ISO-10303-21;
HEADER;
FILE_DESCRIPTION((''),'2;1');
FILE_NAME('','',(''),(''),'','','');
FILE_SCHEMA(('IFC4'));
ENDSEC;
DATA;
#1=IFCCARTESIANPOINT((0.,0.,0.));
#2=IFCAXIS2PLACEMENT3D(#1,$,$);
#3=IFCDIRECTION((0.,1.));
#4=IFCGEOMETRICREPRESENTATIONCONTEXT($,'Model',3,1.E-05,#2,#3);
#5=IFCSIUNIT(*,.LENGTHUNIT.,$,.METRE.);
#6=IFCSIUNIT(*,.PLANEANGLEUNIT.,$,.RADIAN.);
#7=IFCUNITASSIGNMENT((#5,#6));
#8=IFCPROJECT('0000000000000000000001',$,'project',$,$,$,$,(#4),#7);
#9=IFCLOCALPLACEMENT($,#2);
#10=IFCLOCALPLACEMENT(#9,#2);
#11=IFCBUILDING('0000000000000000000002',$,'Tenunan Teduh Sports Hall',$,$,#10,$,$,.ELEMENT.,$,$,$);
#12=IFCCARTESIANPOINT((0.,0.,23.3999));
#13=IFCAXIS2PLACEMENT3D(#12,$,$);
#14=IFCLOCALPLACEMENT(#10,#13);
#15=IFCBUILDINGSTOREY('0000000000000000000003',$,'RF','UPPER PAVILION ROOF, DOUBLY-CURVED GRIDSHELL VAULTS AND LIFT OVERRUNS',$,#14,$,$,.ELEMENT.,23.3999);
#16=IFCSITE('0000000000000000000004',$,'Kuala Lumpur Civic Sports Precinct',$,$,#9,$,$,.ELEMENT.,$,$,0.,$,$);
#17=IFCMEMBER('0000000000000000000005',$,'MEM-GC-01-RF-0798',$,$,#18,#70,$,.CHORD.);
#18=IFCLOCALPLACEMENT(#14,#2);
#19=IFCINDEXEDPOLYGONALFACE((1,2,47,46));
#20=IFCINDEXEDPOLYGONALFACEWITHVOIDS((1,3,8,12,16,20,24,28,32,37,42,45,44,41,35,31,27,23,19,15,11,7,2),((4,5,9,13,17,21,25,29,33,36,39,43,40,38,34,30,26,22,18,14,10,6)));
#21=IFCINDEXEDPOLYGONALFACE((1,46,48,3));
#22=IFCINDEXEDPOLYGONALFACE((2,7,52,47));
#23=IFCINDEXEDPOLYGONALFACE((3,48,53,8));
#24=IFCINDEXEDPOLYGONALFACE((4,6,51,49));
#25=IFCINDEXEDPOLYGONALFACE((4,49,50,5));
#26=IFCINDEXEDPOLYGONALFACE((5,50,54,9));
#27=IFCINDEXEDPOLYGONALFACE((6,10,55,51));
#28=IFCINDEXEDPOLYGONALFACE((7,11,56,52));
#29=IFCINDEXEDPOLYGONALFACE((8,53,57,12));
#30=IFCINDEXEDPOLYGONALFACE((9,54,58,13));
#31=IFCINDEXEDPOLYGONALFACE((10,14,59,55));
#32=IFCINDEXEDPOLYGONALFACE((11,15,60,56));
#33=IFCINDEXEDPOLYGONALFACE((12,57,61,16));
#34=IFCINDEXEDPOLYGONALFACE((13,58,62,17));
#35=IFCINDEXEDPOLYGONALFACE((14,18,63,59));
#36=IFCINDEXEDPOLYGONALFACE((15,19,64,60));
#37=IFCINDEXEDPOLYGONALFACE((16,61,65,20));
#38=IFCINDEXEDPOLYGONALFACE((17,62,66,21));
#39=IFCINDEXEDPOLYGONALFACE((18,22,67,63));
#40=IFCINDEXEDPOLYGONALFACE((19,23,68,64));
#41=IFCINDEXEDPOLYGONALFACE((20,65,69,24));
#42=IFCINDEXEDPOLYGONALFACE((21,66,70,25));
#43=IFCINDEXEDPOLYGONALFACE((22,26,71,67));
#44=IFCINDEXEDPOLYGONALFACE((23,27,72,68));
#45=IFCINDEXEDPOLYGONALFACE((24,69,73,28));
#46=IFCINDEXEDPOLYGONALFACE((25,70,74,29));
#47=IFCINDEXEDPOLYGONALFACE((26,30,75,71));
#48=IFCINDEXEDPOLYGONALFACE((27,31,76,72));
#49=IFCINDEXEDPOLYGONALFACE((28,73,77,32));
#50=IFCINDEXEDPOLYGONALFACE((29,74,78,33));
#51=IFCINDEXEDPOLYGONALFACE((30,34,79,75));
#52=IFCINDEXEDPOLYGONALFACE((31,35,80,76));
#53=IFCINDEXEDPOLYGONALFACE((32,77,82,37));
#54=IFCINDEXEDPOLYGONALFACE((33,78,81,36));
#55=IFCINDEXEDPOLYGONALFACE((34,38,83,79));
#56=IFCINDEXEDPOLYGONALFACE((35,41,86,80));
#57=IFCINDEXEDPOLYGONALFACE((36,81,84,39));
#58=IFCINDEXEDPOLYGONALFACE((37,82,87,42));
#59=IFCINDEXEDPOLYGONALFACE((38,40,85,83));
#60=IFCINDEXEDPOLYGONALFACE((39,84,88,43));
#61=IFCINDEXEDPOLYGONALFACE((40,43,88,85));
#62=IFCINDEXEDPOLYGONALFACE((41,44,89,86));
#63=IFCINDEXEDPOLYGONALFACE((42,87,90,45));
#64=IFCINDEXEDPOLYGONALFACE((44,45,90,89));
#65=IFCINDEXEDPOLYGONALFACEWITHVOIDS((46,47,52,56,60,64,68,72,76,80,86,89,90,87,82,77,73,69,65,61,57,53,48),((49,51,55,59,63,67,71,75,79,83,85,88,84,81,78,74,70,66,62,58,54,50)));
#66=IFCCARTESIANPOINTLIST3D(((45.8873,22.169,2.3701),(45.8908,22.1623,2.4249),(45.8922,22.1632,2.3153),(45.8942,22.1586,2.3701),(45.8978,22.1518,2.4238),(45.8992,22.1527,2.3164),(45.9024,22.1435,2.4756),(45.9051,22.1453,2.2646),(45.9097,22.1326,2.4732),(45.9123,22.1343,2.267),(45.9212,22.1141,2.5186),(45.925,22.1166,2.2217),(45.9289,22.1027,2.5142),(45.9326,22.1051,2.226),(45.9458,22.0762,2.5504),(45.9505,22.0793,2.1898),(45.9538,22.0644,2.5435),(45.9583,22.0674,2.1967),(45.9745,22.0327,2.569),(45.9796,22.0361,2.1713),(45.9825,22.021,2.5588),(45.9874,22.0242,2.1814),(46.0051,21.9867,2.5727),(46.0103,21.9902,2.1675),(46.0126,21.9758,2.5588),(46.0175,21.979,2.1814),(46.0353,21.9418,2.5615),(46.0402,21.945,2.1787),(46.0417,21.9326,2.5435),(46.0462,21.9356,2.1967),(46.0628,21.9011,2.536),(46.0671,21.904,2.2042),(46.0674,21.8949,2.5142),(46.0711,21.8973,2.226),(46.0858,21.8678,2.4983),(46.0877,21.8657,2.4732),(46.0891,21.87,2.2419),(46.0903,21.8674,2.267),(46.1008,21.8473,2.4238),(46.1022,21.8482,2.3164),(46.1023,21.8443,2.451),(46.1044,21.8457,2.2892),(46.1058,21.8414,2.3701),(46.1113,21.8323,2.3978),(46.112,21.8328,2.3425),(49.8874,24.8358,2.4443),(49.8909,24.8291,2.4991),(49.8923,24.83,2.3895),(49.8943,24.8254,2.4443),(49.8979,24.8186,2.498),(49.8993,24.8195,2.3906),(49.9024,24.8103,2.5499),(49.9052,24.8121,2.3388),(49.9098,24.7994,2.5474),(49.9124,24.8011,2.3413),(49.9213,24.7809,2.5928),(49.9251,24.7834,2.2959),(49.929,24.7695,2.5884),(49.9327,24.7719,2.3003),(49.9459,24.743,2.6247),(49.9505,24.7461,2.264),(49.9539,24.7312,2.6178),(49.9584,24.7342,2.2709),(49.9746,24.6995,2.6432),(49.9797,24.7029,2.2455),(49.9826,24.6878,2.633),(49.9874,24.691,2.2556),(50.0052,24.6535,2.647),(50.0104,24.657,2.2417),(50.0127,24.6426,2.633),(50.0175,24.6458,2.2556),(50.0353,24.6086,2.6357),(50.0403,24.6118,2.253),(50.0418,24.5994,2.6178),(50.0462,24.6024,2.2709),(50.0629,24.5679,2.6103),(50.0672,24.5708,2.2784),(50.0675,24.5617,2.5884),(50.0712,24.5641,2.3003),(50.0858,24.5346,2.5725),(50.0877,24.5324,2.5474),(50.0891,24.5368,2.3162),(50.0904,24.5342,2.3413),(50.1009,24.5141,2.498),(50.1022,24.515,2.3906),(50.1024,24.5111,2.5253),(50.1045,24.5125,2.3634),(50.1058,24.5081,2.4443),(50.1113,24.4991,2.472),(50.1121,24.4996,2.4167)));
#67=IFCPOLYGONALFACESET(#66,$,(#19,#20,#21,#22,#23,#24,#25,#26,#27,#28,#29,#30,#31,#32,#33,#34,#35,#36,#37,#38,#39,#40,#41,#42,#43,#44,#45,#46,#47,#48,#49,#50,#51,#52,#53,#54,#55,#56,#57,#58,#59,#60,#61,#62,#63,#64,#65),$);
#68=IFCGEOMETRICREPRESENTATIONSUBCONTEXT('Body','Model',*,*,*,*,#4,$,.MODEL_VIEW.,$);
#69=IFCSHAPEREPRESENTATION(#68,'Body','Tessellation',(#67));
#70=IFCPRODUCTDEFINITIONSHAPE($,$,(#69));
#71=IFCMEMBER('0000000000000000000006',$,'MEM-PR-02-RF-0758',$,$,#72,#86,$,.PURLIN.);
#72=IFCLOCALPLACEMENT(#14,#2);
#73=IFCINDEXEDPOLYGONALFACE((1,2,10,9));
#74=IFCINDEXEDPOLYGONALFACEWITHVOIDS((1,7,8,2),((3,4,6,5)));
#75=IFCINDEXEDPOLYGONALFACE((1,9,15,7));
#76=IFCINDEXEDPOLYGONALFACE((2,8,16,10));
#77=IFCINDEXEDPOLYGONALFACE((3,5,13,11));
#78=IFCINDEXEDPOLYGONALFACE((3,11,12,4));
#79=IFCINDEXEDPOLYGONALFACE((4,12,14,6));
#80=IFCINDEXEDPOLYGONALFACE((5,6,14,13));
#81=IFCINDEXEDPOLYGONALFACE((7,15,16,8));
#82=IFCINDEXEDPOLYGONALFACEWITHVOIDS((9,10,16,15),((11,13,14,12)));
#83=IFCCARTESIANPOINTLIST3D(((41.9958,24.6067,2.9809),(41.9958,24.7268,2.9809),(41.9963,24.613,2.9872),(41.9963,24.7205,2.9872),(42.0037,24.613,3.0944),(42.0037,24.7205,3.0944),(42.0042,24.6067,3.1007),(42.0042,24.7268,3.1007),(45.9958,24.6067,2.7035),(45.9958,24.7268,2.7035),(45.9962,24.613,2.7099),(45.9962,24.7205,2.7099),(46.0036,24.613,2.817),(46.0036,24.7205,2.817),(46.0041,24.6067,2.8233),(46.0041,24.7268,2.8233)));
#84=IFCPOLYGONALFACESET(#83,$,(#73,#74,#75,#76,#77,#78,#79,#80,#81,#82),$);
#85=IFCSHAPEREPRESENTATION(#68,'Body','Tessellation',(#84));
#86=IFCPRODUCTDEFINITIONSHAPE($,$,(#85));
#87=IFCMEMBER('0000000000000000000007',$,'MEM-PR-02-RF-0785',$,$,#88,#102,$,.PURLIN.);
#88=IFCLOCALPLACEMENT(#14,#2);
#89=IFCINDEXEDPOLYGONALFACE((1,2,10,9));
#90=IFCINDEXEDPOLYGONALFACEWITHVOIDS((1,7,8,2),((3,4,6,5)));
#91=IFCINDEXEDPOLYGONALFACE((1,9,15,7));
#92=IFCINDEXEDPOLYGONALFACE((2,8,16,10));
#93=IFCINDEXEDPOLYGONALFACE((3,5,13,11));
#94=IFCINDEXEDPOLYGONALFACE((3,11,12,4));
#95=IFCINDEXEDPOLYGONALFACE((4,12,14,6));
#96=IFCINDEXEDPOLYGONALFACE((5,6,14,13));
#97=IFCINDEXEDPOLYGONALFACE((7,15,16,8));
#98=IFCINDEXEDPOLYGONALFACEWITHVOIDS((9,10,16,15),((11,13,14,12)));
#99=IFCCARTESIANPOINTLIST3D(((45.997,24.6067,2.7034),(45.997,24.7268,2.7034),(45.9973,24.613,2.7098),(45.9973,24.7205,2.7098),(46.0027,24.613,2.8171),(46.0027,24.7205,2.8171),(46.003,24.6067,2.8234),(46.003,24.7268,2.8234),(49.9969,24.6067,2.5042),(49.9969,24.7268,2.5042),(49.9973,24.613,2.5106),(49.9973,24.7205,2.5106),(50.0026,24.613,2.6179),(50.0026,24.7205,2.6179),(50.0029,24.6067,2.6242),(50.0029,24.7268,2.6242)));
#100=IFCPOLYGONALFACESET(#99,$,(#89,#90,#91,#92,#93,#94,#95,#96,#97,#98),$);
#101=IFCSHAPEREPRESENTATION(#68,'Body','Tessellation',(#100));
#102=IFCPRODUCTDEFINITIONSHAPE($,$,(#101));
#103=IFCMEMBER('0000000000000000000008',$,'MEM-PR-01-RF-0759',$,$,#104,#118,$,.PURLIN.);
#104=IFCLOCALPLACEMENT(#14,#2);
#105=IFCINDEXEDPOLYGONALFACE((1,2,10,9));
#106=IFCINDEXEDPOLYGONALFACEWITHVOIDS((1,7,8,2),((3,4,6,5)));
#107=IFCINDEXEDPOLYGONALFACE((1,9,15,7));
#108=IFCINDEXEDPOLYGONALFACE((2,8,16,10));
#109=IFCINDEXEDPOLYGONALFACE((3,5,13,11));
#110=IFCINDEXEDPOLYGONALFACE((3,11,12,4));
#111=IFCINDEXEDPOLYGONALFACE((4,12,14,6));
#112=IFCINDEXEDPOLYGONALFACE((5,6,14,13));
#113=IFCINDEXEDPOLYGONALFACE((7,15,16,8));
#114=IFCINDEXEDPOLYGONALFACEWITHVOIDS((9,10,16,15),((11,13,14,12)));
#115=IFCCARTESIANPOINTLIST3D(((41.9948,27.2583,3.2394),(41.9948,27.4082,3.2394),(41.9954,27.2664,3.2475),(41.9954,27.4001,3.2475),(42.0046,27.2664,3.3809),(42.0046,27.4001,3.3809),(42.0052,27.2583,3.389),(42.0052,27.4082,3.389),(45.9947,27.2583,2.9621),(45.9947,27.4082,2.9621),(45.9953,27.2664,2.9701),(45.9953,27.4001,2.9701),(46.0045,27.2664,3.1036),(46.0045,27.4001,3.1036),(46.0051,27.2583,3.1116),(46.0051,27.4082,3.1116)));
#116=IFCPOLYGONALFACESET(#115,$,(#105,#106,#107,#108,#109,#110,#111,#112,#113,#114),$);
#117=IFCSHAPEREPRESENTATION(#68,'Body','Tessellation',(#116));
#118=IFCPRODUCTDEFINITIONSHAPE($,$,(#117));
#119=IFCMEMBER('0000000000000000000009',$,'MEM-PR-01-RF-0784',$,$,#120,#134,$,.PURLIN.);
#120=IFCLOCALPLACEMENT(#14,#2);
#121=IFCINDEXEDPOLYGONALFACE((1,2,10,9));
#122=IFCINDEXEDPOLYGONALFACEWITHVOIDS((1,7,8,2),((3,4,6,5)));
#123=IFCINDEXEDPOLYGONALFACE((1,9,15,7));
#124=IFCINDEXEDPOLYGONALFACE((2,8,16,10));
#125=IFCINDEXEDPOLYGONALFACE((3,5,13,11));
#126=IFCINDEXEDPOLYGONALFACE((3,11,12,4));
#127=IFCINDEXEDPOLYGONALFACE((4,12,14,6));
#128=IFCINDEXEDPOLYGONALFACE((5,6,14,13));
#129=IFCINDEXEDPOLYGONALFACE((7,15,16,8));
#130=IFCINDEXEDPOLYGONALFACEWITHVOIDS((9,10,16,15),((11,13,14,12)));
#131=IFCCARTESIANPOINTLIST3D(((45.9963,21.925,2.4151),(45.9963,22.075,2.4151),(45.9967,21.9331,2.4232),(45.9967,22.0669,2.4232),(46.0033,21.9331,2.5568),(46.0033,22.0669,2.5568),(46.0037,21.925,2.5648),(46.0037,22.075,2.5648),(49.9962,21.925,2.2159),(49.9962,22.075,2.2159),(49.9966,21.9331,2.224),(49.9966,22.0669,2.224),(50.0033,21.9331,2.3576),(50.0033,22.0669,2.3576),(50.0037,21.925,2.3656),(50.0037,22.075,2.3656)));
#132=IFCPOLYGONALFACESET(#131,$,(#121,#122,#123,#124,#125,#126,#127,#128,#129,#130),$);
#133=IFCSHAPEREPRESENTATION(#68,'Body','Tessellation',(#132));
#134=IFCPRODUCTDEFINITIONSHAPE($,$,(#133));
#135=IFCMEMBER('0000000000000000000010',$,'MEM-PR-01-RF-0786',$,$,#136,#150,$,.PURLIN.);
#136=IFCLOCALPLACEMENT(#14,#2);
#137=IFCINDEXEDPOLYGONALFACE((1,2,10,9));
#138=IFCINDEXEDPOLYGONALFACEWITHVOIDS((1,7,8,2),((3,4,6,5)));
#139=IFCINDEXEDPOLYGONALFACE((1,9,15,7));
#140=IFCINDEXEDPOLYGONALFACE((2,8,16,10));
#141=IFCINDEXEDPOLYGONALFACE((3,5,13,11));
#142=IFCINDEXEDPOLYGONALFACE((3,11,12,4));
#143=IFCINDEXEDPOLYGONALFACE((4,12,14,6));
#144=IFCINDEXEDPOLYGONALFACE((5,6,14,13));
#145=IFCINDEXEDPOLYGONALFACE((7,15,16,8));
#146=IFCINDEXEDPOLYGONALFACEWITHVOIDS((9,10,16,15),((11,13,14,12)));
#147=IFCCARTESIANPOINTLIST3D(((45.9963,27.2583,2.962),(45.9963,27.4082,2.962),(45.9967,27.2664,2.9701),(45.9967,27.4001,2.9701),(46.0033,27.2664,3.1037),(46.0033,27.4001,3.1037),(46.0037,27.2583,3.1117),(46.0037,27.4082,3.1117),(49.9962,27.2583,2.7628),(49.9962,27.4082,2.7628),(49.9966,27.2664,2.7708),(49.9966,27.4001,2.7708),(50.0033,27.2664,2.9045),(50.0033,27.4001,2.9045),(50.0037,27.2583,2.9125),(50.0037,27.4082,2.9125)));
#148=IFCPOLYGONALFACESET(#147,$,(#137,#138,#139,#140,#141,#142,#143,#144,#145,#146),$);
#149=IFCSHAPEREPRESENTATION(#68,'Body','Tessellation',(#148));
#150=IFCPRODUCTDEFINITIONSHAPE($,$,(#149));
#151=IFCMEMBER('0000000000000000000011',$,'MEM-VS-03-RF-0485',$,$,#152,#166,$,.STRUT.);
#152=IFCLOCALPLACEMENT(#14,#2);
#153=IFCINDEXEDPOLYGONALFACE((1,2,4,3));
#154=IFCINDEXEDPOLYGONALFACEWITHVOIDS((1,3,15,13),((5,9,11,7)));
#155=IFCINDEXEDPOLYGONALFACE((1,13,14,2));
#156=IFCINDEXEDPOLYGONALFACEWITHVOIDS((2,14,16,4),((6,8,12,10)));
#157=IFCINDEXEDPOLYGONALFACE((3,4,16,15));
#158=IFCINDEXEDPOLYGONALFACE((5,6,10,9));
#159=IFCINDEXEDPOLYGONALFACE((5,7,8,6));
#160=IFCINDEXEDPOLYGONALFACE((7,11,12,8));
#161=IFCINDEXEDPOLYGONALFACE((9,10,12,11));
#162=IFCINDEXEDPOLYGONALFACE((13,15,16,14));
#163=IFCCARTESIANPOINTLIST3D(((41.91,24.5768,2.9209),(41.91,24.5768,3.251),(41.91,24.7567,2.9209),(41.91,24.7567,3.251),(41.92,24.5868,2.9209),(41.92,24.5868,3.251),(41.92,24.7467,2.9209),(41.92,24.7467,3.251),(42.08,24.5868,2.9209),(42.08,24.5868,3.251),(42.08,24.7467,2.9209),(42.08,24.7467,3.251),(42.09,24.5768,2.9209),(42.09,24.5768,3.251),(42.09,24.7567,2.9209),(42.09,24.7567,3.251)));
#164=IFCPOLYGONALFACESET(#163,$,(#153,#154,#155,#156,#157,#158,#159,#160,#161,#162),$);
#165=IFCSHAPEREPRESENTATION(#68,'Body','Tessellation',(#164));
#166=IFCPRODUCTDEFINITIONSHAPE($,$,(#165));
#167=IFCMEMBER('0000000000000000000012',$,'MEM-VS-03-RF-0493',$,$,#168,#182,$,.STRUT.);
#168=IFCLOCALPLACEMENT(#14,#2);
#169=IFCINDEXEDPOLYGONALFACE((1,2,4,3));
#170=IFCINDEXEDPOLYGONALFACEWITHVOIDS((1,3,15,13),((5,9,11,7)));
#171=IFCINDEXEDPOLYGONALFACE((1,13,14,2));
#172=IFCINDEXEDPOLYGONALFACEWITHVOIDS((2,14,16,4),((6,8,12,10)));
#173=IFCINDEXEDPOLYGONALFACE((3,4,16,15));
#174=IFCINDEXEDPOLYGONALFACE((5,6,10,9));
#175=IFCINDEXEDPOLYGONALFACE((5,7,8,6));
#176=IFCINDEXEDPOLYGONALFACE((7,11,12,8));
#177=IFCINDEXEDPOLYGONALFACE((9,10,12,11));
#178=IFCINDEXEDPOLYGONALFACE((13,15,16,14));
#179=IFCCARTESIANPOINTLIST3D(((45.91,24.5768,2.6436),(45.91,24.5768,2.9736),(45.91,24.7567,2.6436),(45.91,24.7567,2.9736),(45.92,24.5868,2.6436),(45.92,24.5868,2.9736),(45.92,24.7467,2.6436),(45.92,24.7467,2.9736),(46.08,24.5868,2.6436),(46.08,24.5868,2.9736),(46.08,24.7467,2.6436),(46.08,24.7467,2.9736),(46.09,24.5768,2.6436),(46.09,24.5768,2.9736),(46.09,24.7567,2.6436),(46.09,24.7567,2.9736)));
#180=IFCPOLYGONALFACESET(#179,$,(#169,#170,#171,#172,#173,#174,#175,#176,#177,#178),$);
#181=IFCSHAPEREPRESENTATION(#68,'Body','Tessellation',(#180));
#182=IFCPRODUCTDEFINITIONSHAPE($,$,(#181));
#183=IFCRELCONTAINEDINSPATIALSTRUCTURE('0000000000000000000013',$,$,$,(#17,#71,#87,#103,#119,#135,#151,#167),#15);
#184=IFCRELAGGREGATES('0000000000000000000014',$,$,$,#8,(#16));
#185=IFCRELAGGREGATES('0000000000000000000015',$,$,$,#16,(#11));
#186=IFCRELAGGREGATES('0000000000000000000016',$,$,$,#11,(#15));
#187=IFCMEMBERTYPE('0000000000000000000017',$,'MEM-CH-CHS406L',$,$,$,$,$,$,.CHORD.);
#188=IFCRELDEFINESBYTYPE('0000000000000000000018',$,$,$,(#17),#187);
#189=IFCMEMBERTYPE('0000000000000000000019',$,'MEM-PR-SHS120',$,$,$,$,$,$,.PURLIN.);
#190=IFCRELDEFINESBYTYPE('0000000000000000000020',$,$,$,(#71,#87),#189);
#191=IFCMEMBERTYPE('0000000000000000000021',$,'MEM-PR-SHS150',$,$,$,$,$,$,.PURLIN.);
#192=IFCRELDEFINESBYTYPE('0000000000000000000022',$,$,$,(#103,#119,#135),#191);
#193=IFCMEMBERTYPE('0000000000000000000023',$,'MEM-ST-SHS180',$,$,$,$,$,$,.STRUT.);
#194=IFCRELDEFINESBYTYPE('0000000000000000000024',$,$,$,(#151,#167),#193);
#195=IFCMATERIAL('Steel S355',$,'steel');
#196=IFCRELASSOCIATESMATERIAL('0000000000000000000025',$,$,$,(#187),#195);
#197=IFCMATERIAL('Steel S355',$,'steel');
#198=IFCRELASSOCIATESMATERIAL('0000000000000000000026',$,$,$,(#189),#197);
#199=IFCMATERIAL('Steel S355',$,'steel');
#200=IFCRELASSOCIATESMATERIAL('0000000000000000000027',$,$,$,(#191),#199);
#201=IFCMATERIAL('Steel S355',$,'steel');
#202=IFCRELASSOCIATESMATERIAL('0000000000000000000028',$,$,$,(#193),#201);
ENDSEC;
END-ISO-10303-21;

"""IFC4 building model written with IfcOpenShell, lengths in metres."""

from ifc_helpers import new_model, si_unit, direction, frame, origin, origin_2d, place, context, subcontext, project, spatial, hollow_rectangle, hollow_circle, extrude, material, material_profile, profile_set, type_object, element, save


model = new_model("IFC4")

# Units and contexts
model_context = context("Model", 3, precision=1e-05, world=origin(), true_north=direction((0.0, 1.0)))
body_context = subcontext(model_context, "Body", "Model", "MODEL_VIEW")
ifc_project = project(units=[si_unit("LENGTHUNIT", "METRE"), si_unit("PLANEANGLEUNIT", "RADIAN")], contexts=[model_context])

# Site, building, storey
site_placement = place(None, origin())
site = spatial("IfcSite", under=ifc_project, at=site_placement, Name="Kuala Lumpur Civic Sports Precinct", CompositionType="ELEMENT", RefElevation=0.0)
building_placement = place(site_placement, origin())
building = spatial("IfcBuilding", under=site, at=building_placement, Name="Tenunan Teduh Sports Hall", CompositionType="ELEMENT")
storey_placement = place(building_placement, frame((0.0, 0.0, 23.3999)))
storey = spatial("IfcBuildingStorey", under=building, at=storey_placement, Name="RF", Description="UPPER PAVILION ROOF, DOUBLY-CURVED GRIDSHELL VAULTS AND LIFT OVERRUNS", CompositionType="ELEMENT", Elevation=23.3999)

# Members
ifc_material_1 = material(Name="Steel S355", Category="steel")
ifc_material_profile_1 = material_profile(ifc_material_1, hollow_circle(Radius=0.2031, WallThickness=0.0125, at=origin_2d()), Name="CHS 406.4x12.5")
ifc_profile_set_1 = profile_set([ifc_material_profile_1], Name="Steel S355")
member_type_1 = type_object("IfcMemberType", Name="MEM-CH-CHS406L", PredefinedType="CHORD", material=ifc_profile_set_1)
member_1_placement = place(storey_placement, frame((46.0, 22.0, 2.3701), z_axis=(0.831943, 0.554646, 0.015436), x_axis=(-0.554712, 0.832042, 0.0)))
element("IfcMember", 1, at=member_1_placement, inside=storey, type_object=member_type_1, Name="MEM-GC-01-RF-0798", PredefinedType="CHORD", context=body_context, shape_type="SweptSolid", body=[
    extrude(hollow_circle(Radius=0.2031, WallThickness=0.0125, at=origin_2d()), origin(), (0.0, 0.0, 1.0), 4.8081),
])
ifc_material_2 = material(Name="Steel S355", Category="steel")
ifc_material_profile_2 = material_profile(ifc_material_2, hollow_rectangle(XDim=0.1201, YDim=0.1201, WallThickness=0.0063, at=origin_2d()), Name="SHS 120x120x6.3")
ifc_profile_set_2 = profile_set([ifc_material_profile_2], Name="Steel S355")
member_type_2 = type_object("IfcMemberType", Name="MEM-PR-SHS120", PredefinedType="PURLIN", material=ifc_profile_set_2)
member_2_placement = place(storey_placement, frame((42.0, 24.6667, 3.0408), z_axis=(0.997605, 0.0, -0.06917), x_axis=(0.0, 1.0, 0.0)))
element("IfcMember", 2, at=member_2_placement, inside=storey, type_object=member_type_2, Name="MEM-PR-02-RF-0758", PredefinedType="PURLIN", context=body_context, shape_type="SweptSolid", body=[
    extrude(hollow_rectangle(XDim=0.1201, YDim=0.1201, WallThickness=0.0063, at=origin_2d()), origin(), (0.0, 0.0, 1.0), 4.0095),
])
member_3_placement = place(storey_placement, frame((46.0, 24.6667, 2.7634), z_axis=(0.998762, 0.0, -0.049743), x_axis=(0.0, 1.0, 0.0)))
element("IfcMember", 3, at=member_3_placement, inside=storey, type_object=member_type_2, Name="MEM-PR-02-RF-0785", PredefinedType="PURLIN", context=body_context, shape_type="SweptSolid", body=[
    extrude(hollow_rectangle(XDim=0.1201, YDim=0.1201, WallThickness=0.0063, at=origin_2d()), origin(), (0.0, 0.0, 1.0), 4.0049),
])
ifc_material_3 = material(Name="Steel S355", Category="steel")
ifc_material_profile_3 = material_profile(ifc_material_3, hollow_rectangle(XDim=0.1499, YDim=0.1499, WallThickness=0.0081, at=origin_2d()), Name="SHS 150x150x8.0")
ifc_profile_set_3 = profile_set([ifc_material_profile_3], Name="Steel S355")
member_type_3 = type_object("IfcMemberType", Name="MEM-PR-SHS150", PredefinedType="PURLIN", material=ifc_profile_set_3)
member_4_placement = place(storey_placement, frame((42.0, 27.3333, 3.3142), z_axis=(0.997605, 0.0, -0.06917), x_axis=(0.0, 1.0, 0.0)))
element("IfcMember", 4, at=member_4_placement, inside=storey, type_object=member_type_3, Name="MEM-PR-01-RF-0759", PredefinedType="PURLIN", context=body_context, shape_type="SweptSolid", body=[
    extrude(hollow_rectangle(XDim=0.1499, YDim=0.1499, WallThickness=0.0081, at=origin_2d()), origin(), (0.0, 0.0, 1.0), 4.0095),
])
for number, where, z_axis, x_axis, name in (
    (5, (46.0, 22.0, 2.49), (0.998762, 0.0, -0.049743), (0.0, 1.0, 0.0), "MEM-PR-01-RF-0784"),
    (6, (46.0, 27.3333, 3.0369), (0.998762, 0.0, -0.049743), (0.0, 1.0, 0.0), "MEM-PR-01-RF-0786"),
):
    element("IfcMember", number, at=place(storey_placement, frame(where, z_axis=z_axis, x_axis=x_axis)), inside=storey, type_object=member_type_3, Name=name, PredefinedType="PURLIN", context=body_context, shape_type="SweptSolid", body=[
        extrude(hollow_rectangle(XDim=0.1499, YDim=0.1499, WallThickness=0.0081, at=origin_2d()), origin(), (0.0, 0.0, 1.0), 4.0049),
    ])
ifc_material_4 = material(Name="Steel S355", Category="steel")
ifc_material_profile_4 = material_profile(ifc_material_4, hollow_rectangle(XDim=0.1799, YDim=0.1799, WallThickness=0.01, at=origin_2d()), Name="SHS 180x180x10.0")
ifc_profile_set_4 = profile_set([ifc_material_profile_4], Name="Steel S355")
member_type_4 = type_object("IfcMemberType", Name="MEM-ST-SHS180", PredefinedType="STRUT", material=ifc_profile_set_4)
for number, where, z_axis, x_axis, name in (
    (7, (42.0, 24.6667, 2.9209), (0.0, 0.0, 1.0), (1.0, 0.0, 0.0), "MEM-VS-03-RF-0485"),
    (8, (46.0, 24.6667, 2.6436), (0.0, 0.0, 1.0), (1.0, 0.0, 0.0), "MEM-VS-03-RF-0493"),
):
    element("IfcMember", number, at=place(storey_placement, frame(where, z_axis=z_axis, x_axis=x_axis)), inside=storey, type_object=member_type_4, Name=name, PredefinedType="STRUT", context=body_context, shape_type="SweptSolid", body=[
        extrude(hollow_rectangle(XDim=0.1799, YDim=0.1799, WallThickness=0.01, at=origin_2d()), origin(), (0.0, 0.0, 1.0), 0.3301),
    ])

save(model, "model.ifc")
